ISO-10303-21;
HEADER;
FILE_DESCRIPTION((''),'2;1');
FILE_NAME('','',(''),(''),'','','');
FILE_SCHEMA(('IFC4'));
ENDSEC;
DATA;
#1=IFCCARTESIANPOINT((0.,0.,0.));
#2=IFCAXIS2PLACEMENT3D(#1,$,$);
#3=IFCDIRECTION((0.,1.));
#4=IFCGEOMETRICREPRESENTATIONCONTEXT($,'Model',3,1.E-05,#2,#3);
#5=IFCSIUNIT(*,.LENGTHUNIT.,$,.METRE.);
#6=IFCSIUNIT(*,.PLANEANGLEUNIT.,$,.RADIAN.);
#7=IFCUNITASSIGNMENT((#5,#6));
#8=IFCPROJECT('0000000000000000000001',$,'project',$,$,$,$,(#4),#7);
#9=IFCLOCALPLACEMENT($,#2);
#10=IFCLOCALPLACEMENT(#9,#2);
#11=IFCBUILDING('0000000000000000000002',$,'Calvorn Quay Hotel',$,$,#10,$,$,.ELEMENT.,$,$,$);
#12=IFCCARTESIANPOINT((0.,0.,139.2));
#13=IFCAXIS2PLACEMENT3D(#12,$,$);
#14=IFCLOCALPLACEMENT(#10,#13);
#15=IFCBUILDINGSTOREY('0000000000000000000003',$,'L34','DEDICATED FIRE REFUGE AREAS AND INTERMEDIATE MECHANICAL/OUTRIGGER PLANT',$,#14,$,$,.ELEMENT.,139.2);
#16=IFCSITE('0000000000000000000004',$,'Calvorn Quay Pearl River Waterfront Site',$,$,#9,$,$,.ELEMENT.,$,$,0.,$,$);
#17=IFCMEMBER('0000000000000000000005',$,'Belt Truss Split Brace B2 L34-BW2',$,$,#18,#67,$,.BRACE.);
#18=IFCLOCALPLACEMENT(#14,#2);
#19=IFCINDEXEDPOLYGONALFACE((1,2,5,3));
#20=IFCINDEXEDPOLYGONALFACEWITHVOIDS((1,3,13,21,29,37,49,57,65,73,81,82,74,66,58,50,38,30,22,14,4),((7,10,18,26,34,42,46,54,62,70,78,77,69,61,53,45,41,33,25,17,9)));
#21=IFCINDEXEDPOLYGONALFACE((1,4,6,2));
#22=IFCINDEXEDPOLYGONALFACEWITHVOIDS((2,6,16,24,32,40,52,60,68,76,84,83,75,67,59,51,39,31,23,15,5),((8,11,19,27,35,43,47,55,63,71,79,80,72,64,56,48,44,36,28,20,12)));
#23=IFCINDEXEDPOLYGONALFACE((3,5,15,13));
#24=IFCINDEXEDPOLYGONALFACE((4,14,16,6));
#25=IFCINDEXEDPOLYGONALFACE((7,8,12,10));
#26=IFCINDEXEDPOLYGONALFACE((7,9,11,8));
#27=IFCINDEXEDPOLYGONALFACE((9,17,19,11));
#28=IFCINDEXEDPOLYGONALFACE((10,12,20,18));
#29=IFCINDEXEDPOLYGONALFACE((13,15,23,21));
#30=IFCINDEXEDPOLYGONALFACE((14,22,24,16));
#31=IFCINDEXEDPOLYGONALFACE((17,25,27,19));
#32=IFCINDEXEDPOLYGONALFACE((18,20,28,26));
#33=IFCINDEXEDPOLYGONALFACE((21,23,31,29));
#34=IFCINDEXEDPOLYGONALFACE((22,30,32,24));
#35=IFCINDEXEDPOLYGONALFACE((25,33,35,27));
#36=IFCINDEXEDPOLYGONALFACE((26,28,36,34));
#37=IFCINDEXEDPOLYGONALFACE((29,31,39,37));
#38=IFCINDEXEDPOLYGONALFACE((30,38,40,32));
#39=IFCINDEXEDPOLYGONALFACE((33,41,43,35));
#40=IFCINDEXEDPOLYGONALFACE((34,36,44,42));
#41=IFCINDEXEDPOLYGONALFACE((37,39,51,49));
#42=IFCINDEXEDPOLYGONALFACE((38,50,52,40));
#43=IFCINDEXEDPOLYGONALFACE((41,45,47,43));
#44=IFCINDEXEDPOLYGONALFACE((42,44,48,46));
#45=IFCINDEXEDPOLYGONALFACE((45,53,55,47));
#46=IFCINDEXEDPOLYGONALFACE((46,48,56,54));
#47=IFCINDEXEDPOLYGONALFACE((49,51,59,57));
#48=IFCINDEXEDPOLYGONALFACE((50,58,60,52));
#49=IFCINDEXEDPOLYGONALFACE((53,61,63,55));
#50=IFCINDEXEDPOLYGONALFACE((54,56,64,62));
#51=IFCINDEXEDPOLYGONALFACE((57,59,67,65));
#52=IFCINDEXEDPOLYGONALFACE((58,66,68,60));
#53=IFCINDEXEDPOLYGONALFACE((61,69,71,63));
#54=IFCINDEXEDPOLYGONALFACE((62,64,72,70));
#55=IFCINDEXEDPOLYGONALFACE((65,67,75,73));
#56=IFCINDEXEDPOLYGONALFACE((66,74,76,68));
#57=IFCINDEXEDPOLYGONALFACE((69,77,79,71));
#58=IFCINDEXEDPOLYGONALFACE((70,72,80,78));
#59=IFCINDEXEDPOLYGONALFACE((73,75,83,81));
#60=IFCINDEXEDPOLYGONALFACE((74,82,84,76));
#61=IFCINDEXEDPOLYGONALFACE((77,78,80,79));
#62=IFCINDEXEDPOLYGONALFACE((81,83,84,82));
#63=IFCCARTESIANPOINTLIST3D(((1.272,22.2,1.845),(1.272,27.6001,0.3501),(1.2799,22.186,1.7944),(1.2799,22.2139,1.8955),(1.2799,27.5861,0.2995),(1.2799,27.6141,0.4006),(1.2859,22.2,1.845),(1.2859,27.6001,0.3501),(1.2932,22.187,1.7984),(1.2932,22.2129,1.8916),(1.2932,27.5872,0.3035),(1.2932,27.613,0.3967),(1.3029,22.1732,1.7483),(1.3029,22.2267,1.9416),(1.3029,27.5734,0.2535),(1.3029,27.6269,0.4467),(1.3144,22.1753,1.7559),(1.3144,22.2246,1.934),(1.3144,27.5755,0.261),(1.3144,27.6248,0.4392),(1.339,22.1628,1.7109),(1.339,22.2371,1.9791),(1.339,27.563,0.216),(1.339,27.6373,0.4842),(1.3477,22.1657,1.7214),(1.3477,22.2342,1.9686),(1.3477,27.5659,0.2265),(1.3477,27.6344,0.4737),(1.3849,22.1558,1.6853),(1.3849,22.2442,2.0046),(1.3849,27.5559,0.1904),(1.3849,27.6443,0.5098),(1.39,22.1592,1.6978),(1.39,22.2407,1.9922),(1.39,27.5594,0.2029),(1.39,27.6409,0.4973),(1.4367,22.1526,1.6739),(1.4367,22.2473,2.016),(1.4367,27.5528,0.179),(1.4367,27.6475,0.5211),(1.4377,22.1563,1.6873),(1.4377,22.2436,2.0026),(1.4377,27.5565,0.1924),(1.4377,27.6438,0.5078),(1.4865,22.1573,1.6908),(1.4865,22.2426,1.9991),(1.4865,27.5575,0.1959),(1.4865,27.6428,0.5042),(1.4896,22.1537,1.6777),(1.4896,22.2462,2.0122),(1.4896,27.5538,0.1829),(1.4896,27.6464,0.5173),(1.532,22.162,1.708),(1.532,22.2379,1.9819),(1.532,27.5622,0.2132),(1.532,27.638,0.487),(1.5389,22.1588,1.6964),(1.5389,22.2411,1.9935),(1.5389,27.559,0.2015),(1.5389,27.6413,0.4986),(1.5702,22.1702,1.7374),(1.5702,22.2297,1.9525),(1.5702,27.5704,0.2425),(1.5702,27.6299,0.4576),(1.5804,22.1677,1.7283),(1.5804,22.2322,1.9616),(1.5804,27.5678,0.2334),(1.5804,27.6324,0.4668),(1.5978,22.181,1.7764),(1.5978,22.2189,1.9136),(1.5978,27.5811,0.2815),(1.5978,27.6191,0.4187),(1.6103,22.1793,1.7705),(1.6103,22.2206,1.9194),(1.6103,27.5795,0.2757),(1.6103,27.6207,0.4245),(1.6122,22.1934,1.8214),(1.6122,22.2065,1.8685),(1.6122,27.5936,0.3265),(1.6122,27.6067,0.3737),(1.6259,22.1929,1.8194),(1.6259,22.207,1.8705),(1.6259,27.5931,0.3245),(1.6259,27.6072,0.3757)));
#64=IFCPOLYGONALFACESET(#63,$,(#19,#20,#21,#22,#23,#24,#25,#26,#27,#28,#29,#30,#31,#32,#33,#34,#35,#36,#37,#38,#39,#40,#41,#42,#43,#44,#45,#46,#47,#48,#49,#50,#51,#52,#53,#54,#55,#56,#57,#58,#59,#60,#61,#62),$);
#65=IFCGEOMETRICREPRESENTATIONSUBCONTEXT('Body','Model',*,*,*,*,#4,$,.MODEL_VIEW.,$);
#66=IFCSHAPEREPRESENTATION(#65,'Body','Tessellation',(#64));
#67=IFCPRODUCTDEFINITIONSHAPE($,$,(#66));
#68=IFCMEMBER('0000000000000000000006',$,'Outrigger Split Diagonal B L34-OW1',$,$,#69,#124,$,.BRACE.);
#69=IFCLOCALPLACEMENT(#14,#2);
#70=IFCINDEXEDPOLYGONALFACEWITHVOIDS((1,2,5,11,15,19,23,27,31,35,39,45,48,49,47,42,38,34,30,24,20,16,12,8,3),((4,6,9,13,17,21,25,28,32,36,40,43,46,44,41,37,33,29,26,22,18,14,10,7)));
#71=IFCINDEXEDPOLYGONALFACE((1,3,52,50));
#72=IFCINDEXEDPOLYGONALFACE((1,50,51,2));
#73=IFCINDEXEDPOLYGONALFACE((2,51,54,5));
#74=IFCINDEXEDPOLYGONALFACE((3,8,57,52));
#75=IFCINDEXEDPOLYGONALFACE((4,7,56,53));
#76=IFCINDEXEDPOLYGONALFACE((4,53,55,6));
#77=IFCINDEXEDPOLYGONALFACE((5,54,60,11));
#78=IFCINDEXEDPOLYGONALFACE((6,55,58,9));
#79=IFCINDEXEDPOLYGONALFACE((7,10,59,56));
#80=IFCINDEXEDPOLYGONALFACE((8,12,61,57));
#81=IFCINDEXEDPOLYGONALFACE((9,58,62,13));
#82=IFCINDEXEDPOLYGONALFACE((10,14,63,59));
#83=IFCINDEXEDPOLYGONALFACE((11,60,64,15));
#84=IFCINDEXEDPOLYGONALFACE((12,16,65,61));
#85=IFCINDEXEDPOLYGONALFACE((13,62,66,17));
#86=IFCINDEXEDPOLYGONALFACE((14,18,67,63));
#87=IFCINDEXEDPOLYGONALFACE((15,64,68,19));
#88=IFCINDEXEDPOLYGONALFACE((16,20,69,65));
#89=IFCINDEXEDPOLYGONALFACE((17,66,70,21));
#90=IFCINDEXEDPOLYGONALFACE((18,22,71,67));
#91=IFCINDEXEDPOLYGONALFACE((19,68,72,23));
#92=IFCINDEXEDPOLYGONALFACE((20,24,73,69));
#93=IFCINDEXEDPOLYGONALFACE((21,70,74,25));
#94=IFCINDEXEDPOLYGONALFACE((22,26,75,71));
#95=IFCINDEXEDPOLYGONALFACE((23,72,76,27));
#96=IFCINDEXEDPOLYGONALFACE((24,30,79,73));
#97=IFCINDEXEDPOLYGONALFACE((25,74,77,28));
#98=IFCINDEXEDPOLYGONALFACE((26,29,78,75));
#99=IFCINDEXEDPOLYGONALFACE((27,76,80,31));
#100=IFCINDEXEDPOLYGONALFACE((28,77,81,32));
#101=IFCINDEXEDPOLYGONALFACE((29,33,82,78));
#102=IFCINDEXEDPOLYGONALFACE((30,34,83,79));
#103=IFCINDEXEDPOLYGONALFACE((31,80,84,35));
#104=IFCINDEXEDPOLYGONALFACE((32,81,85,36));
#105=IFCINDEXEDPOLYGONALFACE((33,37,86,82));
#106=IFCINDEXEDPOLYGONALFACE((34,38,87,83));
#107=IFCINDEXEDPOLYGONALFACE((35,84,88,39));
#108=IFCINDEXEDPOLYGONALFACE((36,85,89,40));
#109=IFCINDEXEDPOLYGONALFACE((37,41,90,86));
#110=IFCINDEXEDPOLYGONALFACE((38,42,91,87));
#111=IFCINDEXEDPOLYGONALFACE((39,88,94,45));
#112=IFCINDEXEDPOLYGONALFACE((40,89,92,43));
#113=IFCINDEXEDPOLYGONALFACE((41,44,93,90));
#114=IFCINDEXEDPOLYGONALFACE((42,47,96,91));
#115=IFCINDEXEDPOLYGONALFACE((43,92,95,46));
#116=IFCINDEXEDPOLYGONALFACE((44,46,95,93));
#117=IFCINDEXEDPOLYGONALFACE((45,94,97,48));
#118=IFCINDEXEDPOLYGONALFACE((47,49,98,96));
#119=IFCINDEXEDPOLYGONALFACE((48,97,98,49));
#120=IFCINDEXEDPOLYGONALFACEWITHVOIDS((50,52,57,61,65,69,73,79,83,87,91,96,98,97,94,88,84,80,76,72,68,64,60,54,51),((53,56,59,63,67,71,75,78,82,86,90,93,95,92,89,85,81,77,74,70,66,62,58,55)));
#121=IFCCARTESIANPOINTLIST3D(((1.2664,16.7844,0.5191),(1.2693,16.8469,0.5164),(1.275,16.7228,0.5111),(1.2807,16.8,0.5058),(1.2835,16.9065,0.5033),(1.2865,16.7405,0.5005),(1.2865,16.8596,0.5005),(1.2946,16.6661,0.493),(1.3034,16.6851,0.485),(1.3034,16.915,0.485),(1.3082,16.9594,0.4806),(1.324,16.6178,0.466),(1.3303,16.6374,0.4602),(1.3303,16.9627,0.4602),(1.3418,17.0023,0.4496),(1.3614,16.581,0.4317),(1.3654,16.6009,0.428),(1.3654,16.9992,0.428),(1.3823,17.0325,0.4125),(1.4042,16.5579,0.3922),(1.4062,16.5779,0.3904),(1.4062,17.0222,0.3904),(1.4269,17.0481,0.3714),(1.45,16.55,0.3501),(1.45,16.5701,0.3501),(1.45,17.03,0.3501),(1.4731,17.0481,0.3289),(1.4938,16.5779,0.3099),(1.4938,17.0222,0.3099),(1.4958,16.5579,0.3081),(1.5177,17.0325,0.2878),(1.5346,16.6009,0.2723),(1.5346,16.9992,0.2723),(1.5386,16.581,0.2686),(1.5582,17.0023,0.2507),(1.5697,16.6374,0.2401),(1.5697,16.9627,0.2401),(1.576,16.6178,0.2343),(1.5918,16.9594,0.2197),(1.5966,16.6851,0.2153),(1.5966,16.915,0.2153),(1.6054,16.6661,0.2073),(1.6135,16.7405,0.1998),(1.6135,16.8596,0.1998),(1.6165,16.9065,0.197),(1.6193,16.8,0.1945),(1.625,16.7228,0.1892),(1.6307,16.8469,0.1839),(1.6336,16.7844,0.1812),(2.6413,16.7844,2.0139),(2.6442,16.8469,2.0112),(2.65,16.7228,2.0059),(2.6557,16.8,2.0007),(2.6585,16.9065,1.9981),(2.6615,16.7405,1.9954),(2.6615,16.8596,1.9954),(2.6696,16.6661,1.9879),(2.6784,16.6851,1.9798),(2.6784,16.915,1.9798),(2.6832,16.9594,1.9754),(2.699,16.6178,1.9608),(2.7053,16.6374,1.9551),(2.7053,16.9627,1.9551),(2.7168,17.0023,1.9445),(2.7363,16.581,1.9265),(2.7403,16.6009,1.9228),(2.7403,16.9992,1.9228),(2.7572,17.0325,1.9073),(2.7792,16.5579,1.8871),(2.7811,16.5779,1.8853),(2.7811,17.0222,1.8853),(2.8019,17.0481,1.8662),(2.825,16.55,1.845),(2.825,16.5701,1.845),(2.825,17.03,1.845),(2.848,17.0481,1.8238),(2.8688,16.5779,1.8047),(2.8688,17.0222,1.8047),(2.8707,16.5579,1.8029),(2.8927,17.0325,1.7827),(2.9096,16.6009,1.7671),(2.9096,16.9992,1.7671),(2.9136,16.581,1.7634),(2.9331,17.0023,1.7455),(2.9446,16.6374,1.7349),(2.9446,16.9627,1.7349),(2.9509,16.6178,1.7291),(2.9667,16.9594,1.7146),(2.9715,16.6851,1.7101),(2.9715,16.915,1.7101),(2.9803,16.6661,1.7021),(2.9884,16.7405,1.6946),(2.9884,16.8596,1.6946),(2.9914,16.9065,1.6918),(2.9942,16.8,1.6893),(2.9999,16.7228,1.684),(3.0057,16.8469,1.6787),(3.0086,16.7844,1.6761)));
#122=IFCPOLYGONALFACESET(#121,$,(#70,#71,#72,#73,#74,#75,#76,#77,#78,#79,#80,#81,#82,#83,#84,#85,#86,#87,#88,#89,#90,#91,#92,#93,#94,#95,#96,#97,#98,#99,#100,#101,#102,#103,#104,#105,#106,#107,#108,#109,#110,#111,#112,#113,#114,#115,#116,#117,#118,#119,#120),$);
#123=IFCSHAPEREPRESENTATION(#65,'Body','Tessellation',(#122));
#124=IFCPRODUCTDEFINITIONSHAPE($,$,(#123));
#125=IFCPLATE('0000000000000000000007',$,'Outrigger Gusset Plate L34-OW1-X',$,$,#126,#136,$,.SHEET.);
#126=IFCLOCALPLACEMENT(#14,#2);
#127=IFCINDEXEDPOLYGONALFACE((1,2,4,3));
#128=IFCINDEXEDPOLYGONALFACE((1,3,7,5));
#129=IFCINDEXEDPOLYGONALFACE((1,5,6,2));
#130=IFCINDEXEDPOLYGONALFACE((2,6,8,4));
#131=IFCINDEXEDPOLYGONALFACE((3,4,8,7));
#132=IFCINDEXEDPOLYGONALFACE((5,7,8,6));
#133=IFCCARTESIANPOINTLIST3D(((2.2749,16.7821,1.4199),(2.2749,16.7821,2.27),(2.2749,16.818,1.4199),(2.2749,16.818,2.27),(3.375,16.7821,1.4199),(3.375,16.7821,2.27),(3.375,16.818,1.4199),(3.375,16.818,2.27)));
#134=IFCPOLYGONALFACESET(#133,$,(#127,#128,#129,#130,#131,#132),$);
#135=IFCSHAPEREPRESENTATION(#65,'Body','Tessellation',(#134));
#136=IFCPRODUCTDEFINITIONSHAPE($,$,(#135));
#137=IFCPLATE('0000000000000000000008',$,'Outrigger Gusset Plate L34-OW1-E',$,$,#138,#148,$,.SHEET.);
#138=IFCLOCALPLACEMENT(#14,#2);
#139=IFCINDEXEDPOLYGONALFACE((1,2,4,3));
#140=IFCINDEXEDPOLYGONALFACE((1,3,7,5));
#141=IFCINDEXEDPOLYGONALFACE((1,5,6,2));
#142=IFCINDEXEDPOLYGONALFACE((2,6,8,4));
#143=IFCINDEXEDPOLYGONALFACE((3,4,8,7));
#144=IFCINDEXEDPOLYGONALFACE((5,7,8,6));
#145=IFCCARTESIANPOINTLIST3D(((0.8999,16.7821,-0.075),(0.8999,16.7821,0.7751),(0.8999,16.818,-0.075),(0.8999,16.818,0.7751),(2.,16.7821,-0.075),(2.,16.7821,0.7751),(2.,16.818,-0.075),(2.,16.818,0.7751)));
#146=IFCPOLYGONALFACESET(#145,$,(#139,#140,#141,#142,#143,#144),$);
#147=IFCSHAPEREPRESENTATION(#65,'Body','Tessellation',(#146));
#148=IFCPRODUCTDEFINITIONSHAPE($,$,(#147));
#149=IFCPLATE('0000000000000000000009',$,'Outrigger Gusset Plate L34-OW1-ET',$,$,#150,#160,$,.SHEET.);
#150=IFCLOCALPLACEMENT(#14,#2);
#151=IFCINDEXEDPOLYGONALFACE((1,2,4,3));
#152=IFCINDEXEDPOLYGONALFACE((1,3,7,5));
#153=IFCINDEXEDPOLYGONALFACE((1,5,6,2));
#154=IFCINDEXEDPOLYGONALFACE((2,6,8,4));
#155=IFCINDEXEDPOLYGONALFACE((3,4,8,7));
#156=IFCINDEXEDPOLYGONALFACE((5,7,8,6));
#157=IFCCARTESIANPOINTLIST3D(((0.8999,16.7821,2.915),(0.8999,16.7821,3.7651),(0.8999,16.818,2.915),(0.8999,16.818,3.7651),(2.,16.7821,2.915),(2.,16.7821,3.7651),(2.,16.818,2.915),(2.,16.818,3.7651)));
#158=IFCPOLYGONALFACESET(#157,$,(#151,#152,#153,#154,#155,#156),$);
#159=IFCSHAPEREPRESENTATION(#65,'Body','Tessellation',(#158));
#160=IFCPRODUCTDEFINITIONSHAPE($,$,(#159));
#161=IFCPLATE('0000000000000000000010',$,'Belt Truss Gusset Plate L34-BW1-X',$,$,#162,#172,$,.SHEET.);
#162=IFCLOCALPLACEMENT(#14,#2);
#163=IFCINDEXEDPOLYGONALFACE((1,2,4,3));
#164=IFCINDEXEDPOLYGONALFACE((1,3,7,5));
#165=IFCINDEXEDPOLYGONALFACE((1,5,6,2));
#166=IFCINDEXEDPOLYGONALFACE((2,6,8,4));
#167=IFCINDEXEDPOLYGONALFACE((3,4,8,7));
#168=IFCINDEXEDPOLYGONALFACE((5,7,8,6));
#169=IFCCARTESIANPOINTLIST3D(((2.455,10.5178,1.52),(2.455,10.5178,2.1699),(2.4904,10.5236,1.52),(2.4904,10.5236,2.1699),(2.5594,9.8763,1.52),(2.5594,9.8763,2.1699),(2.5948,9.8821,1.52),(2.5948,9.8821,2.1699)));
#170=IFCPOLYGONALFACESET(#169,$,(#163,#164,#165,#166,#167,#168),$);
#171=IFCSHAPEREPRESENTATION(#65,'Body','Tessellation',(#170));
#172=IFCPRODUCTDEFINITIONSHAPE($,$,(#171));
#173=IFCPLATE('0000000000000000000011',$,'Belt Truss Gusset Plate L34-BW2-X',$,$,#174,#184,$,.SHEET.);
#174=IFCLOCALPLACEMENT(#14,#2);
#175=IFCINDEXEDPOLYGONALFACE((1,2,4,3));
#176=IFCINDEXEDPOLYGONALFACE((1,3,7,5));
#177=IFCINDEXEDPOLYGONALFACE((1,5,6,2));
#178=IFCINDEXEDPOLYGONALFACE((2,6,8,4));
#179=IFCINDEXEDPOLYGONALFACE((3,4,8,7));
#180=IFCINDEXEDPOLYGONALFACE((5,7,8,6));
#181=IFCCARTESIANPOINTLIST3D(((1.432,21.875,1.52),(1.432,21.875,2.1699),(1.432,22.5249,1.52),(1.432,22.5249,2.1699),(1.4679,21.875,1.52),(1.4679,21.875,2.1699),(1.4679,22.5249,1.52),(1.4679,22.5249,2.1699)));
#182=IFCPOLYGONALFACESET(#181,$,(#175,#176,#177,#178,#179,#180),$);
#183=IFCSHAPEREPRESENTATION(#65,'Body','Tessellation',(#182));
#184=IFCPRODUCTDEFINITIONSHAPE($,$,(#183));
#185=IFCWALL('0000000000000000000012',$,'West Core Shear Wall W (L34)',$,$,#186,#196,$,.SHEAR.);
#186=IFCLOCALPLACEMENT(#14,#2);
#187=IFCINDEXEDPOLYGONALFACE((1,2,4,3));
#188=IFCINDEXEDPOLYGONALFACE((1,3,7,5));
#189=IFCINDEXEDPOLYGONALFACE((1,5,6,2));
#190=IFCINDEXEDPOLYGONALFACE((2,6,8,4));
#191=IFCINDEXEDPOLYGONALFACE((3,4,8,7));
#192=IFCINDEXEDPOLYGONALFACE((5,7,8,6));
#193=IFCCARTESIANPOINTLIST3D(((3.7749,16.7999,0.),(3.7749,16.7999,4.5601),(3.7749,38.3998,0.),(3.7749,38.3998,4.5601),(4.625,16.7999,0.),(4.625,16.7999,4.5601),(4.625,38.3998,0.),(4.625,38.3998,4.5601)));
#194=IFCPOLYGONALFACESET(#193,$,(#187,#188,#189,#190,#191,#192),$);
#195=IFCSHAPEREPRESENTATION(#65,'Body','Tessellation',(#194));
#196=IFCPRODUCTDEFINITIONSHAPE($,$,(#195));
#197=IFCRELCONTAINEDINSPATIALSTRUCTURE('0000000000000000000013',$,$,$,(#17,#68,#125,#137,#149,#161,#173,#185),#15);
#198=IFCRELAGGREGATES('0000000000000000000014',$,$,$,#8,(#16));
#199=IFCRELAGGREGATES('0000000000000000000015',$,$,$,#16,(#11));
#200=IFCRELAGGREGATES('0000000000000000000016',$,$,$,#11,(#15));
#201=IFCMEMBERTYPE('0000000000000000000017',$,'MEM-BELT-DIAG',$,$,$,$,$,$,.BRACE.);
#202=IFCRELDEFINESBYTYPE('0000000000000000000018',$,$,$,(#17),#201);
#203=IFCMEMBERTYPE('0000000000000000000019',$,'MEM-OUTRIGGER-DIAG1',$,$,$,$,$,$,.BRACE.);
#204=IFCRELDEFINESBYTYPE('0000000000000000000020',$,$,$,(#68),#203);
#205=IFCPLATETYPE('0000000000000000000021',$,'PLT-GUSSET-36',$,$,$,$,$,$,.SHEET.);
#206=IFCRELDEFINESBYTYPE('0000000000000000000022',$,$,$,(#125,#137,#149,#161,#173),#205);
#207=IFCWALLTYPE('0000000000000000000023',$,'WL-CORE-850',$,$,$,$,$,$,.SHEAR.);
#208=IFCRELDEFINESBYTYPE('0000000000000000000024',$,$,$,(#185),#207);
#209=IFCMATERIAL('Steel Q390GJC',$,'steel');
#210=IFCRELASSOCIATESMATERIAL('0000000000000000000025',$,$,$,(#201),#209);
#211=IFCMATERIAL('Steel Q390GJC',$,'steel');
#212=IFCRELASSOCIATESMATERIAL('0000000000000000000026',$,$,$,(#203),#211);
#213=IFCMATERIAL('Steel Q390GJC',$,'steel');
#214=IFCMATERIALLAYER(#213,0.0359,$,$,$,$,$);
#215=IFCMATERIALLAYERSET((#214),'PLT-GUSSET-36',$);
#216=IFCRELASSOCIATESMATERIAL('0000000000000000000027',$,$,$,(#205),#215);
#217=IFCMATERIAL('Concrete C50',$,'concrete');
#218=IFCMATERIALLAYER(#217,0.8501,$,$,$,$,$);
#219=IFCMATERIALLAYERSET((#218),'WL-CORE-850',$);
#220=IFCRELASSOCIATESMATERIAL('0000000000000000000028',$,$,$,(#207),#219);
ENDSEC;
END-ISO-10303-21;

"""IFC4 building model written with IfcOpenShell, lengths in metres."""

from ifc_helpers import new_model, si_unit, direction, frame, frame_2d, origin, origin_2d, place, context, subcontext, project, spatial, rectangle, hollow_circle, extrude, material, layer, layer_set, material_profile, profile_set, type_object, element, save


model = new_model("IFC4")

# Units and contexts
model_context = context("Model", 3, precision=1e-05, world=origin(), true_north=direction((0.0, 1.0)))
body_context = subcontext(model_context, "Body", "Model", "MODEL_VIEW")
ifc_project = project(units=[si_unit("LENGTHUNIT", "METRE"), si_unit("PLANEANGLEUNIT", "RADIAN")], contexts=[model_context])

# Site, building, storey
site_placement = place(None, origin())
site = spatial("IfcSite", under=ifc_project, at=site_placement, Name="Calvorn Quay Pearl River Waterfront Site", CompositionType="ELEMENT", RefElevation=0.0)
building_placement = place(site_placement, origin())
building = spatial("IfcBuilding", under=site, at=building_placement, Name="Calvorn Quay Hotel", CompositionType="ELEMENT")
storey_placement = place(building_placement, frame((0.0, 0.0, 139.2)))
storey = spatial("IfcBuildingStorey", under=building, at=storey_placement, Name="L34", Description="DEDICATED FIRE REFUGE AREAS AND INTERMEDIATE MECHANICAL/OUTRIGGER PLANT", CompositionType="ELEMENT", Elevation=139.2)

# Members
ifc_material_1 = material(Name="Steel Q390GJC", Category="steel")
ifc_material_profile_1 = material_profile(ifc_material_1, hollow_circle(Radius=0.178, WallThickness=0.0139, at=origin_2d()), Name="CHS356x14")
ifc_profile_set_1 = profile_set([ifc_material_profile_1], Name="Steel Q390GJC")
member_type_1 = type_object("IfcMemberType", Name="MEM-BELT-DIAG", PredefinedType="BRACE", material=ifc_profile_set_1)
member_1_placement = place(storey_placement, frame((1.45, 22.2, 1.845), z_axis=(0.0, 0.963755, -0.266788), x_axis=(-1.0, 0.0, 0.0)))
element("IfcMember", 1, at=member_1_placement, inside=storey, type_object=member_type_1, Name="Belt Truss Split Brace B2 L34-BW2", PredefinedType="BRACE", context=body_context, shape_type="SweptSolid", body=[
    extrude(hollow_circle(Radius=0.178, WallThickness=0.0139, at=origin_2d()), origin(), (0.0, 0.0, 1.0), 5.6033),
])
ifc_material_2 = material(Name="Steel Q390GJC", Category="steel")
ifc_material_profile_2 = material_profile(ifc_material_2, hollow_circle(Radius=0.25, WallThickness=0.02, at=origin_2d()), Name="CHS500x20")
ifc_profile_set_2 = profile_set([ifc_material_profile_2], Name="Steel Q390GJC")
member_type_2 = type_object("IfcMemberType", Name="MEM-OUTRIGGER-DIAG1", PredefinedType="BRACE", material=ifc_profile_set_2)
member_2_placement = place(storey_placement, frame((2.825, 16.8, 1.845), z_axis=(-0.676981, 0.0, -0.736), x_axis=(0.0, -1.0, 0.0)))
element("IfcMember", 2, at=member_2_placement, inside=storey, type_object=member_type_2, Name="Outrigger Split Diagonal B L34-OW1", PredefinedType="BRACE", context=body_context, shape_type="SweptSolid", body=[
    extrude(hollow_circle(Radius=0.25, WallThickness=0.02, at=origin_2d()), origin(), (0.0, 0.0, 1.0), 2.031),
])

# Plates
ifc_material_3 = material(Name="Steel Q390GJC", Category="steel")
ifc_layer_1 = layer(ifc_material_3, 0.0359)
ifc_layer_set_1 = layer_set([ifc_layer_1], Name="PLT-GUSSET-36")
plate_type = type_object("IfcPlateType", Name="PLT-GUSSET-36", PredefinedType="SHEET", material=ifc_layer_set_1)
for number, where, z_axis, x_axis, name in (
    (3, (2.825, 16.8, 1.4199), (0.0, 0.0, 1.0), (-1.0, 0.0, 0.0), "Outrigger Gusset Plate L34-OW1-X"),
    (4, (1.45, 16.8, -0.075), (0.0, 0.0, 1.0), (-1.0, 0.0, 0.0), "Outrigger Gusset Plate L34-OW1-E"),
    (5, (1.45, 16.8, 2.915), (0.0, 0.0, 1.0), (-1.0, 0.0, 0.0), "Outrigger Gusset Plate L34-OW1-ET"),
):
    element("IfcPlate", number, at=place(storey_placement, frame(where, z_axis=z_axis, x_axis=x_axis)), inside=storey, type_object=plate_type, Name=name, PredefinedType="SHEET", context=body_context, shape_type="SweptSolid", body=[
        extrude(rectangle(XDim=1.1001, YDim=0.0359, at=origin_2d()), origin(), (0.0, 0.0, 1.0), 0.8501),
    ])
for number, where, z_axis, x_axis, name in (
    (6, (2.5249, 10.2, 1.52), (0.0, 0.0, 1.0), (-0.160743, 0.986996, 0.0), "Belt Truss Gusset Plate L34-BW1-X"),
    (7, (1.45, 22.2, 1.52), (0.0, 0.0, 1.0), (0.0, 1.0, 0.0), "Belt Truss Gusset Plate L34-BW2-X"),
):
    element("IfcPlate", number, at=place(storey_placement, frame(where, z_axis=z_axis, x_axis=x_axis)), inside=storey, type_object=plate_type, Name=name, PredefinedType="SHEET", context=body_context, shape_type="SweptSolid", body=[
        extrude(rectangle(XDim=0.6499, YDim=0.0359, at=origin_2d()), origin(), (0.0, 0.0, 1.0), 0.6499),
    ])

# Wall
ifc_material_4 = material(Name="Concrete C50", Category="concrete")
ifc_layer_2 = layer(ifc_material_4, 0.8501)
ifc_layer_set_2 = layer_set([ifc_layer_2], Name="WL-CORE-850")
wall_type = type_object("IfcWallType", Name="WL-CORE-850", PredefinedType="SHEAR", material=ifc_layer_set_2)
wall_placement = place(storey_placement, frame((4.2, 16.8, 0.0), z_axis=(0.0, 0.0, 1.0), x_axis=(0.0, 1.0, 0.0)))
element("IfcWall", 8, at=wall_placement, inside=storey, type_object=wall_type, Name="West Core Shear Wall W (L34)", PredefinedType="SHEAR", context=body_context, shape_type="SweptSolid", body=[
    extrude(rectangle(XDim=21.5999, YDim=0.8501, at=frame_2d((10.7998, 0.0))), origin(), (0.0, 0.0, 1.0), 4.5601),
])

save(model, "model.ifc")
